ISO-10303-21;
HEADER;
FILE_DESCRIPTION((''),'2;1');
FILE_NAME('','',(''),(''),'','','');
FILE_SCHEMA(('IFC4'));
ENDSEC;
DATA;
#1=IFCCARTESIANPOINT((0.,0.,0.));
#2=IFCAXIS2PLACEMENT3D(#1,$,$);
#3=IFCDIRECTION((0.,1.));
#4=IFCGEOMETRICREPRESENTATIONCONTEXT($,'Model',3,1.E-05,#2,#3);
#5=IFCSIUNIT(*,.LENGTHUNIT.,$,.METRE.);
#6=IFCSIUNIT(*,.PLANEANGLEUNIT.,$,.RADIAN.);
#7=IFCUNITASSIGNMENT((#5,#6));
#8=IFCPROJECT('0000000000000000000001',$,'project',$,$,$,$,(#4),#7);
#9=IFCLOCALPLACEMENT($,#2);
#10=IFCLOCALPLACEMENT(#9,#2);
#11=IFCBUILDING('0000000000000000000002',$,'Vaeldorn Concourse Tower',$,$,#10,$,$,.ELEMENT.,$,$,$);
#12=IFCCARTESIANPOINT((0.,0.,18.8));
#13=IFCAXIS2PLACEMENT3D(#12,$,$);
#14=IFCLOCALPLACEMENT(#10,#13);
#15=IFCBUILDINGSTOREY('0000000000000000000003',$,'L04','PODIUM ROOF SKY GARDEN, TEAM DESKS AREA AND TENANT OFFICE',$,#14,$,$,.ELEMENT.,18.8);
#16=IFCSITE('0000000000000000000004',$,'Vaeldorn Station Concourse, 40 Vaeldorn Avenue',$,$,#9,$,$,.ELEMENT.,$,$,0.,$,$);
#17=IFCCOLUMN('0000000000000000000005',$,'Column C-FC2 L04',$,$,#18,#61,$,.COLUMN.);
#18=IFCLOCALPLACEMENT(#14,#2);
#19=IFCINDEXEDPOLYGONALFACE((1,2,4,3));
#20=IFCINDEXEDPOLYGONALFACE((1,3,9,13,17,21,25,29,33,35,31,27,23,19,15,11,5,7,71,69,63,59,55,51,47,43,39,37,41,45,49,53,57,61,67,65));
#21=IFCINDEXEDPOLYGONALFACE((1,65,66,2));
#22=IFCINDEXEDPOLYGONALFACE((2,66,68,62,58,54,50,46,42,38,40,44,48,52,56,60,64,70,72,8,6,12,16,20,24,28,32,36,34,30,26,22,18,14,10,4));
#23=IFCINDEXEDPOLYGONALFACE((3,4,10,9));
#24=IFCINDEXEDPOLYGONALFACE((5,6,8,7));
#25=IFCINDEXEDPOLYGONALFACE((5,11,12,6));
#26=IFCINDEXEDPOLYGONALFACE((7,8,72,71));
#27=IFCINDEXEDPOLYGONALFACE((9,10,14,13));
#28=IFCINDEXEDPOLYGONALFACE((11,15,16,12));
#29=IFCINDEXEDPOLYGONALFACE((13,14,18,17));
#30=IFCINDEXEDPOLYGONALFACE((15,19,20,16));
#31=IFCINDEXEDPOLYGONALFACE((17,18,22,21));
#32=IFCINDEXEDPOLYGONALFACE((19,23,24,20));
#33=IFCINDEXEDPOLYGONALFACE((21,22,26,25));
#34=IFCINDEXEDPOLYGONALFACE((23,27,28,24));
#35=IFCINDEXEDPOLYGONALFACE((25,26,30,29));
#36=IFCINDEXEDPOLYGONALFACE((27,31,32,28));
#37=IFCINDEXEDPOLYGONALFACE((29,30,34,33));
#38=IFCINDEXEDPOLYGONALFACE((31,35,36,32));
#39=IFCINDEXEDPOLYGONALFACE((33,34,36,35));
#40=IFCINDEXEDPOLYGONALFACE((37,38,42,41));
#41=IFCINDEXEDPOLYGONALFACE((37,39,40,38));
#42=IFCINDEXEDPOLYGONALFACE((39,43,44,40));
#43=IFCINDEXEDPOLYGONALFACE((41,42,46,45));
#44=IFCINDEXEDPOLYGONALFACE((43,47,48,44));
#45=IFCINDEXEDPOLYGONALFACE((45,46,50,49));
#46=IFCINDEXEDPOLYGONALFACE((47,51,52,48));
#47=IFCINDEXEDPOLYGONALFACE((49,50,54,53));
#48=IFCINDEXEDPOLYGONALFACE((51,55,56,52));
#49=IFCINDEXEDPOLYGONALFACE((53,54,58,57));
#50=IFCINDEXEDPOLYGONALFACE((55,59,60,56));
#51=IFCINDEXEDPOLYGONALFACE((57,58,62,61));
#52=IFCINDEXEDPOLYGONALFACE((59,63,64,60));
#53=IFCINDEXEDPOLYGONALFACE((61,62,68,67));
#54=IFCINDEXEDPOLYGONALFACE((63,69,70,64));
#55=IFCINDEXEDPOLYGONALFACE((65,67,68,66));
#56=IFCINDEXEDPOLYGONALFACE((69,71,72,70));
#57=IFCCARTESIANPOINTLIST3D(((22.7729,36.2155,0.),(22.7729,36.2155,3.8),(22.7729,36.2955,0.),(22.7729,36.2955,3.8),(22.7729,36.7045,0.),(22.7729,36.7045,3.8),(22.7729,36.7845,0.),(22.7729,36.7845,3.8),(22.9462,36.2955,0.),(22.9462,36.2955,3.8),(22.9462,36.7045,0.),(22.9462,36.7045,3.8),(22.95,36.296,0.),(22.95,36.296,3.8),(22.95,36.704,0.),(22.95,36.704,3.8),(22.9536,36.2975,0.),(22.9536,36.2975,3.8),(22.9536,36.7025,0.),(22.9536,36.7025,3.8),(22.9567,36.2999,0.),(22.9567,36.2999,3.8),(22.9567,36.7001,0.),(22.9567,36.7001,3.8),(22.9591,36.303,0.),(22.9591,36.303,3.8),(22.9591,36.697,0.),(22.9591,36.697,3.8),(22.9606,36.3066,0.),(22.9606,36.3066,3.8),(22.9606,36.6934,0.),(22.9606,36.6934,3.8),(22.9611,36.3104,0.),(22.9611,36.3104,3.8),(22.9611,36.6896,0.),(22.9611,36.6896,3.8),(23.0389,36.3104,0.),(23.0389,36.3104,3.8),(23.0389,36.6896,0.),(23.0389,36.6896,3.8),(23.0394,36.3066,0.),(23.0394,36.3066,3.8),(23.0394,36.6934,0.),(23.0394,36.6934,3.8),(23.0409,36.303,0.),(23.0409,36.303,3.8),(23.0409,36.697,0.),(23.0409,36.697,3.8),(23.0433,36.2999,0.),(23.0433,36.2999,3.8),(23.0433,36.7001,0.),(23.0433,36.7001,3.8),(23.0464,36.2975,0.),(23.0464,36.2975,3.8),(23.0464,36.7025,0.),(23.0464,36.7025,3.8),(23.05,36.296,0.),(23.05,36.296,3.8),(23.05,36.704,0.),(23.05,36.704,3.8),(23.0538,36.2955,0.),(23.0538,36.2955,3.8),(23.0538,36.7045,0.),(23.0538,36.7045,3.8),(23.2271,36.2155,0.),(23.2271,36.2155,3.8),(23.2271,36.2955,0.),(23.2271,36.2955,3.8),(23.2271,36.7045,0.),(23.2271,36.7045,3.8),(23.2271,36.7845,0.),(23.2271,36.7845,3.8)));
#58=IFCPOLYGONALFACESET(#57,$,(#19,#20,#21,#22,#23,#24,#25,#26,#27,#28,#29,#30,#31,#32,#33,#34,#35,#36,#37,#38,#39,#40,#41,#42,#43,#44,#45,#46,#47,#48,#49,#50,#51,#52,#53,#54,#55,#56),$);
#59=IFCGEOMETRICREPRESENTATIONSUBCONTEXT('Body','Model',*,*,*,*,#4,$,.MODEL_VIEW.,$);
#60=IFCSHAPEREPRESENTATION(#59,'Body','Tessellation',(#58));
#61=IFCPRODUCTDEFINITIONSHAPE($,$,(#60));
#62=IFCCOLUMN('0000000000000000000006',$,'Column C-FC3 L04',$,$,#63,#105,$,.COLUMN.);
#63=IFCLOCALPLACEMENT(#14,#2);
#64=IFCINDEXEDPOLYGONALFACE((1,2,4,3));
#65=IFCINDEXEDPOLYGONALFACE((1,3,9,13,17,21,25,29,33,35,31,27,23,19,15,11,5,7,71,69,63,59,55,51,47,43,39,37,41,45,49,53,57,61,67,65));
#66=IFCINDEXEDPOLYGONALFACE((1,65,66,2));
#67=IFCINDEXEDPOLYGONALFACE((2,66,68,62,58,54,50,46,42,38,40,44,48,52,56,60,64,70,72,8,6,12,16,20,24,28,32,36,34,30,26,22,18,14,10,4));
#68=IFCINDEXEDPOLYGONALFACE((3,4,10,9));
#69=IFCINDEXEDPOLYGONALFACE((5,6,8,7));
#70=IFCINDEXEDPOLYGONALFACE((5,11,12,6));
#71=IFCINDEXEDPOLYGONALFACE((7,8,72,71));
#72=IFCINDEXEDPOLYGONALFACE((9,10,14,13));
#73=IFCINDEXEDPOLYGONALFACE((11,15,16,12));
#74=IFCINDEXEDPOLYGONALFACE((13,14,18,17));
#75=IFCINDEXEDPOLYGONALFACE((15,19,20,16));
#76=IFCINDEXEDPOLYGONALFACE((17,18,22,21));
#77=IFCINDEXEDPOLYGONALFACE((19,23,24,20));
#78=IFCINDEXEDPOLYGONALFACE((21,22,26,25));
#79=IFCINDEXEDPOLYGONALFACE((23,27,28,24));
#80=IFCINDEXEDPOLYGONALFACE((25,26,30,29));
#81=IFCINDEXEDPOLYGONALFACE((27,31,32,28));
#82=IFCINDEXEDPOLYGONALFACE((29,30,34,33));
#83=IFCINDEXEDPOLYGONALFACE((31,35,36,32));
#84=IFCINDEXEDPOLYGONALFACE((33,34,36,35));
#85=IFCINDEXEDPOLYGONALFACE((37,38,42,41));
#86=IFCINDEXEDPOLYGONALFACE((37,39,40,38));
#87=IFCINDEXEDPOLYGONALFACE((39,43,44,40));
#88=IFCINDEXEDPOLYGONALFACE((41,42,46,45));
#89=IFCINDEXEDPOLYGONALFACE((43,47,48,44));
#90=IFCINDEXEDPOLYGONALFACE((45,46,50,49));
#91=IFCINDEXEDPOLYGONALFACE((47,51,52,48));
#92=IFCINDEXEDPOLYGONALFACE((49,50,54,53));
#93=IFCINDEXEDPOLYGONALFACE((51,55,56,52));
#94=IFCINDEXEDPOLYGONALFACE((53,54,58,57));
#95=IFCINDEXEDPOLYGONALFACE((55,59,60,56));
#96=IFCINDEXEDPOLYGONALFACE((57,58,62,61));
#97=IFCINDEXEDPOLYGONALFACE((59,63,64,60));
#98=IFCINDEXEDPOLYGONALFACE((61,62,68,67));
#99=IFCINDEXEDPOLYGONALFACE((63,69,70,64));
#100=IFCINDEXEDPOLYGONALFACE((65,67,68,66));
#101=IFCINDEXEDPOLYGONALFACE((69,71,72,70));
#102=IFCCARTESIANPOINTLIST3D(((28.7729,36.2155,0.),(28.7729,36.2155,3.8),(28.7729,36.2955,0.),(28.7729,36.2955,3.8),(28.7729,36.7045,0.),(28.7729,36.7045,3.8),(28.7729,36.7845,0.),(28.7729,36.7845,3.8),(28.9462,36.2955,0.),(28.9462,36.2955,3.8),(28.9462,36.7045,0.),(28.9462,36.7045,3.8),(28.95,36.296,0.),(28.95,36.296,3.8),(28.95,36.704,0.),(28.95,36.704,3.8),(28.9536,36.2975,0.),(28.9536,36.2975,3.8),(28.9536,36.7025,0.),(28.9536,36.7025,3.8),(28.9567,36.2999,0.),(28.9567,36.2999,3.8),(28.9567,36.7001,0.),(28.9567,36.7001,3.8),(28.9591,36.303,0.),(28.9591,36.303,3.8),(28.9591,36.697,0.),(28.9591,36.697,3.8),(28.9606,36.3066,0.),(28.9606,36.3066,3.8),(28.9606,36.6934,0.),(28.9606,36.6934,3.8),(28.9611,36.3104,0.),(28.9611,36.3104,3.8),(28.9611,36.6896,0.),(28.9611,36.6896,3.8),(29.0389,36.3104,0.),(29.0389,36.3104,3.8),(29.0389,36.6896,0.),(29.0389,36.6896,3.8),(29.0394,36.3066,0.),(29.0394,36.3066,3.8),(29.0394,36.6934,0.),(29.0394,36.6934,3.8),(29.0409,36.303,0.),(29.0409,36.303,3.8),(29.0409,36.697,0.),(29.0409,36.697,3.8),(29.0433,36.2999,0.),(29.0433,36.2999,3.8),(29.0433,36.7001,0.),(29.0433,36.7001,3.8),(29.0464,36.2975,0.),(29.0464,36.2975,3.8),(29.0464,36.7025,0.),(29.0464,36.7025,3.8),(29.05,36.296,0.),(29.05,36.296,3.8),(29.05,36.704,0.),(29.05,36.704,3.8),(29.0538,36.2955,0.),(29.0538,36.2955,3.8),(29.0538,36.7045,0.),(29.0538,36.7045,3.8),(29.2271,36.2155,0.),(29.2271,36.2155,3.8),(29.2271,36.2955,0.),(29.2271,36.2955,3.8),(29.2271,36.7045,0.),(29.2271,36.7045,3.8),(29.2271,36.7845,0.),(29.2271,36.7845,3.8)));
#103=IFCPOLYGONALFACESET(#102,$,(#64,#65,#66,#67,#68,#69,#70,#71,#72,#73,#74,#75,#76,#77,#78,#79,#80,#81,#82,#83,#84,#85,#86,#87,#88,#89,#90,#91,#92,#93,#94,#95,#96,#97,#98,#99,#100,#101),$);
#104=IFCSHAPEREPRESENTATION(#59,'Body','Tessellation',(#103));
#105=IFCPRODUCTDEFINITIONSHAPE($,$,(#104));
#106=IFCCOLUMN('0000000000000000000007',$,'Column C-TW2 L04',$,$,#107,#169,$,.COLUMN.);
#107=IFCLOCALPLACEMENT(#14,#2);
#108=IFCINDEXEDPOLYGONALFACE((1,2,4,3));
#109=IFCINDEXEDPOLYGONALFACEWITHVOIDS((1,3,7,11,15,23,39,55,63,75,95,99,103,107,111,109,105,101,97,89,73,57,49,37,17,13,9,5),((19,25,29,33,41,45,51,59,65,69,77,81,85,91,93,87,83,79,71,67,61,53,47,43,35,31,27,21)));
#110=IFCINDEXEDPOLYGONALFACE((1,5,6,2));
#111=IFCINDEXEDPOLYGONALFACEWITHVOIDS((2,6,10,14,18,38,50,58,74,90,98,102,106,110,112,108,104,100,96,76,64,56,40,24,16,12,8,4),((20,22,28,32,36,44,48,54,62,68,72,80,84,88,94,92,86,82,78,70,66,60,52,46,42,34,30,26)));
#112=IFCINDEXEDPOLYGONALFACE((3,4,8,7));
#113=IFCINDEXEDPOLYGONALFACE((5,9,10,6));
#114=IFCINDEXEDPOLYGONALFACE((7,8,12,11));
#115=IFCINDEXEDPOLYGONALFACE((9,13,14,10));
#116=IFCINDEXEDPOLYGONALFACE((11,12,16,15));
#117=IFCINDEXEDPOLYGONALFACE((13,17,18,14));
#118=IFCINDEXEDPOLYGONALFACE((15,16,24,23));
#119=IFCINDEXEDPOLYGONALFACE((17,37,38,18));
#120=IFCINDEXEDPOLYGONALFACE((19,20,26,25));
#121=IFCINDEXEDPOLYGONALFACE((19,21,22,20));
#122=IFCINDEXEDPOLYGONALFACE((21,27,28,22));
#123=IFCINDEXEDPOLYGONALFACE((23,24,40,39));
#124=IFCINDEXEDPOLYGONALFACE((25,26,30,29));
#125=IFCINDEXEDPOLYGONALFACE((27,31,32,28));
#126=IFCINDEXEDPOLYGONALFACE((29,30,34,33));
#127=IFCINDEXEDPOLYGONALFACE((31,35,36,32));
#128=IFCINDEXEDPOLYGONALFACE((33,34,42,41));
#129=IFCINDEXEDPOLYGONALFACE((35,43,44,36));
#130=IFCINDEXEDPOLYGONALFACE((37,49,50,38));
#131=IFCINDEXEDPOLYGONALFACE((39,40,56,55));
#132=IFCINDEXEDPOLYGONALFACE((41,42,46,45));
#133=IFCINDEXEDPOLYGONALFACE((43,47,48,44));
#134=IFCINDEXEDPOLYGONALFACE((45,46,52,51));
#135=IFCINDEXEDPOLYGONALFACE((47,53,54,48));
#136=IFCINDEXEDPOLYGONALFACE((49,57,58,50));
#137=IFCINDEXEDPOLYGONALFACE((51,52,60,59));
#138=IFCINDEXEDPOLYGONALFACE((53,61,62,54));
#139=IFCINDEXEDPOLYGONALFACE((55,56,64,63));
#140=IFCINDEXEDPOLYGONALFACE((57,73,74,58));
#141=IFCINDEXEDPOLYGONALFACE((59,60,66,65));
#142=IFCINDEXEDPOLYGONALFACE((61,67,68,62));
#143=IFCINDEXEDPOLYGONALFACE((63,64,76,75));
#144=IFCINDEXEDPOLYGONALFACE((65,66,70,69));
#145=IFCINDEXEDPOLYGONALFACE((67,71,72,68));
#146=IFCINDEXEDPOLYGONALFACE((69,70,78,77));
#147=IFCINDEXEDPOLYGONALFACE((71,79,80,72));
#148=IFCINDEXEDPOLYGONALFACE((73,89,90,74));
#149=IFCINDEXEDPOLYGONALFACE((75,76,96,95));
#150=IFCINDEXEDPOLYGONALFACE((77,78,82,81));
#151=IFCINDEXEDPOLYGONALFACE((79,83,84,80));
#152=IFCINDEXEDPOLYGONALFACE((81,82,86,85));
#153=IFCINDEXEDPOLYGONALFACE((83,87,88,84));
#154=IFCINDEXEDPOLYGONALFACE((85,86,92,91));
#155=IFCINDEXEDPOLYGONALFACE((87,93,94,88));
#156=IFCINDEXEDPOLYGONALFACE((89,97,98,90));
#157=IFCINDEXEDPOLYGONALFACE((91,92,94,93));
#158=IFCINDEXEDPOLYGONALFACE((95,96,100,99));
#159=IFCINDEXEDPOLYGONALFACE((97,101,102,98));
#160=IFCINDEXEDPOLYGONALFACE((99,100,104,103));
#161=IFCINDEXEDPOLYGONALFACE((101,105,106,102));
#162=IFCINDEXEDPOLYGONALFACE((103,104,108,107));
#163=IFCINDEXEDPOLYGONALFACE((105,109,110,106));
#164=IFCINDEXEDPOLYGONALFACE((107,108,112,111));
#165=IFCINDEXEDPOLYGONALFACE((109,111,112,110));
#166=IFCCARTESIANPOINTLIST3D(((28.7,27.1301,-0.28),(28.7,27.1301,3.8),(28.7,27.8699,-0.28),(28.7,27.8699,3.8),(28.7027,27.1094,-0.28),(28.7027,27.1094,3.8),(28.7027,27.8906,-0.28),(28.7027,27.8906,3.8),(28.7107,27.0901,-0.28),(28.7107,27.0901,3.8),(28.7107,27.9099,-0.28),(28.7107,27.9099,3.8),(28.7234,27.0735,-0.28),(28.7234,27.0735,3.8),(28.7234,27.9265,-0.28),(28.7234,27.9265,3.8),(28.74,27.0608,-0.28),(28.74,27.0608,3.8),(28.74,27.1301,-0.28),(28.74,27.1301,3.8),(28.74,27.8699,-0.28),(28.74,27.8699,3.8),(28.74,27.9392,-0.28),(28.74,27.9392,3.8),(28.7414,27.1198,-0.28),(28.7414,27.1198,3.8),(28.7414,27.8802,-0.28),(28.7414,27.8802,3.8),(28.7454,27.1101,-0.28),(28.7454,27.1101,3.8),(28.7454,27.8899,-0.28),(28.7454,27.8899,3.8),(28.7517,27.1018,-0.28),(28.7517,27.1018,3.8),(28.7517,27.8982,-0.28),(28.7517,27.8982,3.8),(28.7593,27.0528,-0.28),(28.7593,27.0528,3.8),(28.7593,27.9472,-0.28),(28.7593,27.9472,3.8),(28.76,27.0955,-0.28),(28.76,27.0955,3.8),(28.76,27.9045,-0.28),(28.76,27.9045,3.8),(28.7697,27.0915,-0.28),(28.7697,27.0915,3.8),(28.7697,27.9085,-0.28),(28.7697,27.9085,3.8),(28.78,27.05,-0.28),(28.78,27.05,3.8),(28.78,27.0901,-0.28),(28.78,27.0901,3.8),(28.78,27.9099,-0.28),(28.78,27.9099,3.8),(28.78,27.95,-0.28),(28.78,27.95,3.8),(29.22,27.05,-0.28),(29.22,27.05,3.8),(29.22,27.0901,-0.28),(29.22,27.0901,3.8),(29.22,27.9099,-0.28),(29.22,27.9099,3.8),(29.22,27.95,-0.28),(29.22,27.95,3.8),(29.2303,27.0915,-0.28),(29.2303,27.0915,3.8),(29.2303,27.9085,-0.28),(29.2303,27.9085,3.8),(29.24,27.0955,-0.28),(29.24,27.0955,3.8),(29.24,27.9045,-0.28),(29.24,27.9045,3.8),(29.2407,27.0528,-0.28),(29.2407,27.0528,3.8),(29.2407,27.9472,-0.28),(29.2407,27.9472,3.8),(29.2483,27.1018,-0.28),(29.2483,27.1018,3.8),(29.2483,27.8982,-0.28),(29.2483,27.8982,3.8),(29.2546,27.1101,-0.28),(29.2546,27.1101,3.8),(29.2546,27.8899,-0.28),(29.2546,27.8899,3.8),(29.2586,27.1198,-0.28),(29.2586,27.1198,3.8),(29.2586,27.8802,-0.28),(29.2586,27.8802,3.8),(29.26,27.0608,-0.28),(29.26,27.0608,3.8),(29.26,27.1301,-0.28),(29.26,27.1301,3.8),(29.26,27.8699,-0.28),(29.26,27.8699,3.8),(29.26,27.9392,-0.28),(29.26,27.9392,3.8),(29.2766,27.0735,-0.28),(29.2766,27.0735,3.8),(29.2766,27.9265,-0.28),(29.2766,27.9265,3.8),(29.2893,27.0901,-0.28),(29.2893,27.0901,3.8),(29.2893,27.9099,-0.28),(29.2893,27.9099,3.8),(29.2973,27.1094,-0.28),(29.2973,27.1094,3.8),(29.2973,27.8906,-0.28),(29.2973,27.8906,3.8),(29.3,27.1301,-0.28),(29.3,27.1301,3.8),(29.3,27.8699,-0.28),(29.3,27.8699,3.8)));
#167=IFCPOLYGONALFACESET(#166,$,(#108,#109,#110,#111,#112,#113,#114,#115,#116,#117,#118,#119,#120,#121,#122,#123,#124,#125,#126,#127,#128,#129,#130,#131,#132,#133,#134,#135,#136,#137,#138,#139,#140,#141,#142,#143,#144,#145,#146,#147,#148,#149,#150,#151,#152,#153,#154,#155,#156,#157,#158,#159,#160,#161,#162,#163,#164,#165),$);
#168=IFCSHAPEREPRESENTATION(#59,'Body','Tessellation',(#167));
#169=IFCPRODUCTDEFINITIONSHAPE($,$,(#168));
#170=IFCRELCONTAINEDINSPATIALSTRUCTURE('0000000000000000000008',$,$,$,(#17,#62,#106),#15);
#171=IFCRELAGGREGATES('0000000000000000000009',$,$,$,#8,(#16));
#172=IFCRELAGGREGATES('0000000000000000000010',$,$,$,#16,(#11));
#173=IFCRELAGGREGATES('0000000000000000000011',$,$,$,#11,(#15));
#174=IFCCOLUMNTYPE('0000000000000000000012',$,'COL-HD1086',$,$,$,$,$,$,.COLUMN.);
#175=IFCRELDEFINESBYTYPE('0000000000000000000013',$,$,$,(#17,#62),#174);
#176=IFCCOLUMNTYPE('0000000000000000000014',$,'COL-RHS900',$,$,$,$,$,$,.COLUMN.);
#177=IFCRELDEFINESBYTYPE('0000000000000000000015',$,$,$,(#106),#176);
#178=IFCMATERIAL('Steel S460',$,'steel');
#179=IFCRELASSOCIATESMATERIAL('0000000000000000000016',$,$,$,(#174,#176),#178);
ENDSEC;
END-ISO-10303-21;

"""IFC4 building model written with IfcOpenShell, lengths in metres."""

from ifc_helpers import new_model, si_unit, direction, frame, origin, origin_2d, place, context, subcontext, project, spatial, hollow_rectangle, i_section, extrude, source, transform, mapped, material, material_profile, profile_set, type_object, element, save


model = new_model("IFC4")

# Units and contexts
model_context = context("Model", 3, precision=1e-05, world=origin(), true_north=direction((0.0, 1.0)))
body_context = subcontext(model_context, "Body", "Model", "MODEL_VIEW")
ifc_project = project(units=[si_unit("LENGTHUNIT", "METRE"), si_unit("PLANEANGLEUNIT", "RADIAN")], contexts=[model_context])

# Site, building, storey
site_placement = place(None, origin())
site = spatial("IfcSite", under=ifc_project, at=site_placement, Name="Vaeldorn Station Concourse, 40 Vaeldorn Avenue", CompositionType="ELEMENT", RefElevation=0.0)
building_placement = place(site_placement, origin())
building = spatial("IfcBuilding", under=site, at=building_placement, Name="Vaeldorn Concourse Tower", CompositionType="ELEMENT")
storey_placement = place(building_placement, frame((0.0, 0.0, 18.8)))
storey = spatial("IfcBuildingStorey", under=building, at=storey_placement, Name="L04", Description="PODIUM ROOF SKY GARDEN, TEAM DESKS AREA AND TENANT OFFICE", CompositionType="ELEMENT", Elevation=18.8)

# Columns
ifc_material_1 = material(Name="Steel S460", Category="steel")
ifc_material_profile_1 = material_profile(ifc_material_1, i_section(OverallWidth=0.4541, OverallDepth=0.5691, WebThickness=0.0779, FlangeThickness=0.0801, FilletRadius=0.0149, at=origin_2d()), Name="HD 400x1086")
ifc_profile_set_1 = profile_set([ifc_material_profile_1], Name="Steel S460")
column_type_1 = type_object("IfcColumnType", Name="COL-HD1086", PredefinedType="COLUMN", material=ifc_profile_set_1)
shared_shape_1 = source(origin(), body_context, "Body", "SweptSolid", [
    extrude(i_section(OverallWidth=0.4541, OverallDepth=0.5691, WebThickness=0.0779, FlangeThickness=0.0801, FilletRadius=0.0149, at=origin_2d()), origin(), (0.0, 0.0, 1.0), 3.8),
])
for number, where, z_axis, x_axis, name in (
    (1, (23.0, 36.5, 0.0), (0.0, 0.0, 1.0), (1.0, 0.0, 0.0), "Column C-FC2 L04"),
    (2, (29.0, 36.5, 0.0), (0.0, 0.0, 1.0), (1.0, 0.0, 0.0), "Column C-FC3 L04"),
):
    element("IfcColumn", number, at=place(storey_placement, frame(where, z_axis=z_axis, x_axis=x_axis)), inside=storey, type_object=column_type_1, Name=name, PredefinedType="COLUMN", context=body_context, shape_type="MappedRepresentation", body=[
        mapped(shared_shape_1, transform((0.0, 0.0, 0.0), scale=1.0)),
    ])
ifc_material_profile_2 = material_profile(ifc_material_1, hollow_rectangle(XDim=0.6001, YDim=0.8999, WallThickness=0.04, InnerFilletRadius=0.04, OuterFilletRadius=0.0801, at=origin_2d()), Name="RHS 900x600x40")
ifc_profile_set_2 = profile_set([ifc_material_profile_2], Name="Steel S460")
column_type_2 = type_object("IfcColumnType", Name="COL-RHS900", PredefinedType="COLUMN", material=ifc_profile_set_2)
shared_shape_2 = source(origin(), body_context, "Body", "SweptSolid", [
    extrude(hollow_rectangle(XDim=0.6001, YDim=0.8999, WallThickness=0.04, InnerFilletRadius=0.04, OuterFilletRadius=0.0801, at=origin_2d()), origin(), (0.0, 0.0, 1.0), 4.0801),
])
column_placement = place(storey_placement, frame((29.0, 27.5, -0.28), z_axis=(0.0, 0.0, 1.0), x_axis=(1.0, 0.0, 0.0)))
element("IfcColumn", 3, at=column_placement, inside=storey, type_object=column_type_2, Name="Column C-TW2 L04", PredefinedType="COLUMN", context=body_context, shape_type="MappedRepresentation", body=[
    mapped(shared_shape_2, transform((0.0, 0.0, 0.0), scale=1.0)),
])

save(model, "model.ifc")
